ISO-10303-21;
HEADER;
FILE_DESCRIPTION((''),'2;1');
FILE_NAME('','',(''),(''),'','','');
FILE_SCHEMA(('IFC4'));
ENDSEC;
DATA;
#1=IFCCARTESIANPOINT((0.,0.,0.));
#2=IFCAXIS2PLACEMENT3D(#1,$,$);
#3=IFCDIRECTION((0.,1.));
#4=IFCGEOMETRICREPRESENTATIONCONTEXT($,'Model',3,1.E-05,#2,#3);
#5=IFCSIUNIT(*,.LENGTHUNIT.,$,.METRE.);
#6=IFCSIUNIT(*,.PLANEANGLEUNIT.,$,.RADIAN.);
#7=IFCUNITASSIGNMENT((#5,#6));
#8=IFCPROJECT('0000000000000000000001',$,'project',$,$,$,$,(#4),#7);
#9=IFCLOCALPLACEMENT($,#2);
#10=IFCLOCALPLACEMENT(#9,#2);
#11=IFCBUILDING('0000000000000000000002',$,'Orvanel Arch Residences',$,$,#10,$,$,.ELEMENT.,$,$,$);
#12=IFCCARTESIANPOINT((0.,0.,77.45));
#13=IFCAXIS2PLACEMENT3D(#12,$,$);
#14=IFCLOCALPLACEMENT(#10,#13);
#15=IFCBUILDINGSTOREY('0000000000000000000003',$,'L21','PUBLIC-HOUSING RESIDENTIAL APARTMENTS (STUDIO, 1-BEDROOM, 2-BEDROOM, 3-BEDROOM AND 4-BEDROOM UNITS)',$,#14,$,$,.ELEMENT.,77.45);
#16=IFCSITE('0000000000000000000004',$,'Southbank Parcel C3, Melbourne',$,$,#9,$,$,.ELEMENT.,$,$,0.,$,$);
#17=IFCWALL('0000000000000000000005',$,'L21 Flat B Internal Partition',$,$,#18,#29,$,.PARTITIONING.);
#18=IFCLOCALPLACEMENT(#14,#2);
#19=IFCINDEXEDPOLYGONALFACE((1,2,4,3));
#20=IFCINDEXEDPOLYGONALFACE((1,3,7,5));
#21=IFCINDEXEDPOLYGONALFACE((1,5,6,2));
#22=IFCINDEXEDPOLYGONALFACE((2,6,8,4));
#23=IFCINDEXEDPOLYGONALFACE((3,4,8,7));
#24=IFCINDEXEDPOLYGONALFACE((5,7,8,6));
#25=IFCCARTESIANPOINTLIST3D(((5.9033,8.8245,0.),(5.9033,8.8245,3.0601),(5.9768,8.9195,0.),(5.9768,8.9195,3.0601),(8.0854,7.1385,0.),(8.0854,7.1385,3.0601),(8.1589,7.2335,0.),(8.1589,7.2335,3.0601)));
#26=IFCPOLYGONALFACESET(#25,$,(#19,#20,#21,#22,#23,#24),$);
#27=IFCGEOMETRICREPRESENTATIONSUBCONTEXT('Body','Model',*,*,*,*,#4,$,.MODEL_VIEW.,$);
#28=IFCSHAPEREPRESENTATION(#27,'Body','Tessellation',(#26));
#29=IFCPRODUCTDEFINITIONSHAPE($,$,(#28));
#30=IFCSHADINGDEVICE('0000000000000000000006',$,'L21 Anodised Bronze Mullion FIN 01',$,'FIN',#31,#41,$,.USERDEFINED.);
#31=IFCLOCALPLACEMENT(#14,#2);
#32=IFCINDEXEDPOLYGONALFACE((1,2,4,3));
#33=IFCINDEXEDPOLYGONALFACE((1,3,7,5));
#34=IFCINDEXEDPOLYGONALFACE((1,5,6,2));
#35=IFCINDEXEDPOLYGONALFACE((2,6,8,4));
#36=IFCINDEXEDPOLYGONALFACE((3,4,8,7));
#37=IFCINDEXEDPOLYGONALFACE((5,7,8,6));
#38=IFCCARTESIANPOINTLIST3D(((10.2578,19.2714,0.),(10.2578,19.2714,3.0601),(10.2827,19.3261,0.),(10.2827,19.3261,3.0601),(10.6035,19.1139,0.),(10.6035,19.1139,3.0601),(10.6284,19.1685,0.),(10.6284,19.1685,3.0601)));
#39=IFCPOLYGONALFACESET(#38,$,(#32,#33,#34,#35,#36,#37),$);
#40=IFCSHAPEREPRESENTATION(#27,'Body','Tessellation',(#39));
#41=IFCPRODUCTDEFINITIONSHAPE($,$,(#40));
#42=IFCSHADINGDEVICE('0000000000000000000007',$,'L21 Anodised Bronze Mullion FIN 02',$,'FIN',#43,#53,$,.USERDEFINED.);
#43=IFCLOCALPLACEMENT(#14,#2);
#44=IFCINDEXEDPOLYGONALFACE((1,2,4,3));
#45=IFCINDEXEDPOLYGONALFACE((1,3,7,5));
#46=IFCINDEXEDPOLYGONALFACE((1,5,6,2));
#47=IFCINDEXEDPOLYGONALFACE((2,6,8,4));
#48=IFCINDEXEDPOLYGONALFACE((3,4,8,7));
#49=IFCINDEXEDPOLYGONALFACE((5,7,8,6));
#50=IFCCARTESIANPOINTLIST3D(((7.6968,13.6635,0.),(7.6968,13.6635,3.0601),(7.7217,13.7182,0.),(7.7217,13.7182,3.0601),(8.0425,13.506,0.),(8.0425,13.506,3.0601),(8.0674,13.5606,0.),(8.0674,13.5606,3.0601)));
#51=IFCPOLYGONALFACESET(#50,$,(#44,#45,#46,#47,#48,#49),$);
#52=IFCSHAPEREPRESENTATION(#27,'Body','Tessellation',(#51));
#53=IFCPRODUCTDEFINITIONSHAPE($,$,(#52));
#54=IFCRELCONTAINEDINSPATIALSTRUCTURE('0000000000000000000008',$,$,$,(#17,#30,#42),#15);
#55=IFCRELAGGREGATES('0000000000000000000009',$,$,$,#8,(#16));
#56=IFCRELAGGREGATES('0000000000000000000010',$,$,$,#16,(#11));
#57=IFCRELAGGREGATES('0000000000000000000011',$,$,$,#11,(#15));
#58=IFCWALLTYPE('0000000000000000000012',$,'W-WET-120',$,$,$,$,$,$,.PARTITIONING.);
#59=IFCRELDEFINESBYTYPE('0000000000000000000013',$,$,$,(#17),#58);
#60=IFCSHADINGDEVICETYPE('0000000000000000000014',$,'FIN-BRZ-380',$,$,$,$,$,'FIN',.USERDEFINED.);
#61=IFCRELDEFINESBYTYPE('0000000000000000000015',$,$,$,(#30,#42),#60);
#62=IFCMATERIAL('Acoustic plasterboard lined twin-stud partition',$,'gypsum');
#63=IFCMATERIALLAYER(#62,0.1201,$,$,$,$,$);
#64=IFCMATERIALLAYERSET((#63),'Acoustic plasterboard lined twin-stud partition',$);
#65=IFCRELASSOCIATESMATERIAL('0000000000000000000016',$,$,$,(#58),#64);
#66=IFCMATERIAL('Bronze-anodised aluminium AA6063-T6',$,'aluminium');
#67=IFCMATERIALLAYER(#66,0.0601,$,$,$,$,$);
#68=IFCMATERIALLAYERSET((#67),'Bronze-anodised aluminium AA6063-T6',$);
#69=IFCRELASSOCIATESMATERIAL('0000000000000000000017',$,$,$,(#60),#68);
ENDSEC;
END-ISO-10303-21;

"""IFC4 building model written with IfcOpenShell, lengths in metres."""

from ifc_helpers import new_model, si_unit, direction, frame, frame_2d, origin, origin_2d, place, context, subcontext, project, spatial, rectangle, extrude, material, layer, layer_set, type_object, element, save


model = new_model("IFC4")

# Units and contexts
model_context = context("Model", 3, precision=1e-05, world=origin(), true_north=direction((0.0, 1.0)))
body_context = subcontext(model_context, "Body", "Model", "MODEL_VIEW")
ifc_project = project(units=[si_unit("LENGTHUNIT", "METRE"), si_unit("PLANEANGLEUNIT", "RADIAN")], contexts=[model_context])

# Site, building, storey
site_placement = place(None, origin())
site = spatial("IfcSite", under=ifc_project, at=site_placement, Name="Southbank Parcel C3, Melbourne", CompositionType="ELEMENT", RefElevation=0.0)
building_placement = place(site_placement, origin())
building = spatial("IfcBuilding", under=site, at=building_placement, Name="Orvanel Arch Residences", CompositionType="ELEMENT")
storey_placement = place(building_placement, frame((0.0, 0.0, 77.45)))
storey = spatial("IfcBuildingStorey", under=building, at=storey_placement, Name="L21", Description="PUBLIC-HOUSING RESIDENTIAL APARTMENTS (STUDIO, 1-BEDROOM, 2-BEDROOM, 3-BEDROOM AND 4-BEDROOM UNITS)", CompositionType="ELEMENT", Elevation=77.45)

# Shared definitions
ifc_material_1 = material(Name="Bronze-anodised aluminium AA6063-T6", Category="aluminium")

# Shared definitions
ifc_material_2 = material(Name="Acoustic plasterboard lined twin-stud partition", Category="gypsum")

# Wall
ifc_layer_1 = layer(ifc_material_2, 0.1201)
ifc_layer_set_1 = layer_set([ifc_layer_1], Name="Acoustic plasterboard lined twin-stud partition")
wall_type_1 = type_object("IfcWallType", Name="W-WET-120", PredefinedType="PARTITIONING", material=ifc_layer_set_1)
wall_1_placement = place(storey_placement, frame((5.9399, 8.8721, 0.0), z_axis=(0.0, 0.0, 1.0), x_axis=(0.791312, -0.611412, 0.0)))
element("IfcWall", 1, at=wall_1_placement, inside=storey, type_object=wall_type_1, Name="L21 Flat B Internal Partition", PredefinedType="PARTITIONING", context=body_context, shape_type="SweptSolid", body=[
    extrude(rectangle(XDim=2.7576, YDim=0.1201, at=frame_2d((1.3789, 0.0))), origin(), (0.0, 0.0, 1.0), 3.0601),
])

# Shading devices
ifc_layer_2 = layer(ifc_material_1, 0.0601)
ifc_layer_set_2 = layer_set([ifc_layer_2], Name="Bronze-anodised aluminium AA6063-T6")
shading_device_type = type_object("IfcShadingDeviceType", Name="FIN-BRZ-380", ElementType="FIN", PredefinedType="USERDEFINED", material=ifc_layer_set_2)
for number, where, z_axis, x_axis, name in (
    (2, (10.4431, 19.22, 0.0), (0.0, 0.0, 1.0), (-0.909961, 0.414693, 0.0), "L21 Anodised Bronze Mullion FIN 01"),
    (3, (7.8821, 13.6121, 0.0), (0.0, 0.0, 1.0), (-0.909961, 0.414693, 0.0), "L21 Anodised Bronze Mullion FIN 02"),
):
    element("IfcShadingDevice", number, at=place(storey_placement, frame(where, z_axis=z_axis, x_axis=x_axis)), inside=storey, type_object=shading_device_type, Name=name, ObjectType="FIN", PredefinedType="USERDEFINED", context=body_context, shape_type="SweptSolid", body=[
        extrude(rectangle(XDim=0.3799, YDim=0.0601, at=origin_2d()), origin(), (0.0, 0.0, 1.0), 3.0601),
    ])

save(model, "model.ifc")
